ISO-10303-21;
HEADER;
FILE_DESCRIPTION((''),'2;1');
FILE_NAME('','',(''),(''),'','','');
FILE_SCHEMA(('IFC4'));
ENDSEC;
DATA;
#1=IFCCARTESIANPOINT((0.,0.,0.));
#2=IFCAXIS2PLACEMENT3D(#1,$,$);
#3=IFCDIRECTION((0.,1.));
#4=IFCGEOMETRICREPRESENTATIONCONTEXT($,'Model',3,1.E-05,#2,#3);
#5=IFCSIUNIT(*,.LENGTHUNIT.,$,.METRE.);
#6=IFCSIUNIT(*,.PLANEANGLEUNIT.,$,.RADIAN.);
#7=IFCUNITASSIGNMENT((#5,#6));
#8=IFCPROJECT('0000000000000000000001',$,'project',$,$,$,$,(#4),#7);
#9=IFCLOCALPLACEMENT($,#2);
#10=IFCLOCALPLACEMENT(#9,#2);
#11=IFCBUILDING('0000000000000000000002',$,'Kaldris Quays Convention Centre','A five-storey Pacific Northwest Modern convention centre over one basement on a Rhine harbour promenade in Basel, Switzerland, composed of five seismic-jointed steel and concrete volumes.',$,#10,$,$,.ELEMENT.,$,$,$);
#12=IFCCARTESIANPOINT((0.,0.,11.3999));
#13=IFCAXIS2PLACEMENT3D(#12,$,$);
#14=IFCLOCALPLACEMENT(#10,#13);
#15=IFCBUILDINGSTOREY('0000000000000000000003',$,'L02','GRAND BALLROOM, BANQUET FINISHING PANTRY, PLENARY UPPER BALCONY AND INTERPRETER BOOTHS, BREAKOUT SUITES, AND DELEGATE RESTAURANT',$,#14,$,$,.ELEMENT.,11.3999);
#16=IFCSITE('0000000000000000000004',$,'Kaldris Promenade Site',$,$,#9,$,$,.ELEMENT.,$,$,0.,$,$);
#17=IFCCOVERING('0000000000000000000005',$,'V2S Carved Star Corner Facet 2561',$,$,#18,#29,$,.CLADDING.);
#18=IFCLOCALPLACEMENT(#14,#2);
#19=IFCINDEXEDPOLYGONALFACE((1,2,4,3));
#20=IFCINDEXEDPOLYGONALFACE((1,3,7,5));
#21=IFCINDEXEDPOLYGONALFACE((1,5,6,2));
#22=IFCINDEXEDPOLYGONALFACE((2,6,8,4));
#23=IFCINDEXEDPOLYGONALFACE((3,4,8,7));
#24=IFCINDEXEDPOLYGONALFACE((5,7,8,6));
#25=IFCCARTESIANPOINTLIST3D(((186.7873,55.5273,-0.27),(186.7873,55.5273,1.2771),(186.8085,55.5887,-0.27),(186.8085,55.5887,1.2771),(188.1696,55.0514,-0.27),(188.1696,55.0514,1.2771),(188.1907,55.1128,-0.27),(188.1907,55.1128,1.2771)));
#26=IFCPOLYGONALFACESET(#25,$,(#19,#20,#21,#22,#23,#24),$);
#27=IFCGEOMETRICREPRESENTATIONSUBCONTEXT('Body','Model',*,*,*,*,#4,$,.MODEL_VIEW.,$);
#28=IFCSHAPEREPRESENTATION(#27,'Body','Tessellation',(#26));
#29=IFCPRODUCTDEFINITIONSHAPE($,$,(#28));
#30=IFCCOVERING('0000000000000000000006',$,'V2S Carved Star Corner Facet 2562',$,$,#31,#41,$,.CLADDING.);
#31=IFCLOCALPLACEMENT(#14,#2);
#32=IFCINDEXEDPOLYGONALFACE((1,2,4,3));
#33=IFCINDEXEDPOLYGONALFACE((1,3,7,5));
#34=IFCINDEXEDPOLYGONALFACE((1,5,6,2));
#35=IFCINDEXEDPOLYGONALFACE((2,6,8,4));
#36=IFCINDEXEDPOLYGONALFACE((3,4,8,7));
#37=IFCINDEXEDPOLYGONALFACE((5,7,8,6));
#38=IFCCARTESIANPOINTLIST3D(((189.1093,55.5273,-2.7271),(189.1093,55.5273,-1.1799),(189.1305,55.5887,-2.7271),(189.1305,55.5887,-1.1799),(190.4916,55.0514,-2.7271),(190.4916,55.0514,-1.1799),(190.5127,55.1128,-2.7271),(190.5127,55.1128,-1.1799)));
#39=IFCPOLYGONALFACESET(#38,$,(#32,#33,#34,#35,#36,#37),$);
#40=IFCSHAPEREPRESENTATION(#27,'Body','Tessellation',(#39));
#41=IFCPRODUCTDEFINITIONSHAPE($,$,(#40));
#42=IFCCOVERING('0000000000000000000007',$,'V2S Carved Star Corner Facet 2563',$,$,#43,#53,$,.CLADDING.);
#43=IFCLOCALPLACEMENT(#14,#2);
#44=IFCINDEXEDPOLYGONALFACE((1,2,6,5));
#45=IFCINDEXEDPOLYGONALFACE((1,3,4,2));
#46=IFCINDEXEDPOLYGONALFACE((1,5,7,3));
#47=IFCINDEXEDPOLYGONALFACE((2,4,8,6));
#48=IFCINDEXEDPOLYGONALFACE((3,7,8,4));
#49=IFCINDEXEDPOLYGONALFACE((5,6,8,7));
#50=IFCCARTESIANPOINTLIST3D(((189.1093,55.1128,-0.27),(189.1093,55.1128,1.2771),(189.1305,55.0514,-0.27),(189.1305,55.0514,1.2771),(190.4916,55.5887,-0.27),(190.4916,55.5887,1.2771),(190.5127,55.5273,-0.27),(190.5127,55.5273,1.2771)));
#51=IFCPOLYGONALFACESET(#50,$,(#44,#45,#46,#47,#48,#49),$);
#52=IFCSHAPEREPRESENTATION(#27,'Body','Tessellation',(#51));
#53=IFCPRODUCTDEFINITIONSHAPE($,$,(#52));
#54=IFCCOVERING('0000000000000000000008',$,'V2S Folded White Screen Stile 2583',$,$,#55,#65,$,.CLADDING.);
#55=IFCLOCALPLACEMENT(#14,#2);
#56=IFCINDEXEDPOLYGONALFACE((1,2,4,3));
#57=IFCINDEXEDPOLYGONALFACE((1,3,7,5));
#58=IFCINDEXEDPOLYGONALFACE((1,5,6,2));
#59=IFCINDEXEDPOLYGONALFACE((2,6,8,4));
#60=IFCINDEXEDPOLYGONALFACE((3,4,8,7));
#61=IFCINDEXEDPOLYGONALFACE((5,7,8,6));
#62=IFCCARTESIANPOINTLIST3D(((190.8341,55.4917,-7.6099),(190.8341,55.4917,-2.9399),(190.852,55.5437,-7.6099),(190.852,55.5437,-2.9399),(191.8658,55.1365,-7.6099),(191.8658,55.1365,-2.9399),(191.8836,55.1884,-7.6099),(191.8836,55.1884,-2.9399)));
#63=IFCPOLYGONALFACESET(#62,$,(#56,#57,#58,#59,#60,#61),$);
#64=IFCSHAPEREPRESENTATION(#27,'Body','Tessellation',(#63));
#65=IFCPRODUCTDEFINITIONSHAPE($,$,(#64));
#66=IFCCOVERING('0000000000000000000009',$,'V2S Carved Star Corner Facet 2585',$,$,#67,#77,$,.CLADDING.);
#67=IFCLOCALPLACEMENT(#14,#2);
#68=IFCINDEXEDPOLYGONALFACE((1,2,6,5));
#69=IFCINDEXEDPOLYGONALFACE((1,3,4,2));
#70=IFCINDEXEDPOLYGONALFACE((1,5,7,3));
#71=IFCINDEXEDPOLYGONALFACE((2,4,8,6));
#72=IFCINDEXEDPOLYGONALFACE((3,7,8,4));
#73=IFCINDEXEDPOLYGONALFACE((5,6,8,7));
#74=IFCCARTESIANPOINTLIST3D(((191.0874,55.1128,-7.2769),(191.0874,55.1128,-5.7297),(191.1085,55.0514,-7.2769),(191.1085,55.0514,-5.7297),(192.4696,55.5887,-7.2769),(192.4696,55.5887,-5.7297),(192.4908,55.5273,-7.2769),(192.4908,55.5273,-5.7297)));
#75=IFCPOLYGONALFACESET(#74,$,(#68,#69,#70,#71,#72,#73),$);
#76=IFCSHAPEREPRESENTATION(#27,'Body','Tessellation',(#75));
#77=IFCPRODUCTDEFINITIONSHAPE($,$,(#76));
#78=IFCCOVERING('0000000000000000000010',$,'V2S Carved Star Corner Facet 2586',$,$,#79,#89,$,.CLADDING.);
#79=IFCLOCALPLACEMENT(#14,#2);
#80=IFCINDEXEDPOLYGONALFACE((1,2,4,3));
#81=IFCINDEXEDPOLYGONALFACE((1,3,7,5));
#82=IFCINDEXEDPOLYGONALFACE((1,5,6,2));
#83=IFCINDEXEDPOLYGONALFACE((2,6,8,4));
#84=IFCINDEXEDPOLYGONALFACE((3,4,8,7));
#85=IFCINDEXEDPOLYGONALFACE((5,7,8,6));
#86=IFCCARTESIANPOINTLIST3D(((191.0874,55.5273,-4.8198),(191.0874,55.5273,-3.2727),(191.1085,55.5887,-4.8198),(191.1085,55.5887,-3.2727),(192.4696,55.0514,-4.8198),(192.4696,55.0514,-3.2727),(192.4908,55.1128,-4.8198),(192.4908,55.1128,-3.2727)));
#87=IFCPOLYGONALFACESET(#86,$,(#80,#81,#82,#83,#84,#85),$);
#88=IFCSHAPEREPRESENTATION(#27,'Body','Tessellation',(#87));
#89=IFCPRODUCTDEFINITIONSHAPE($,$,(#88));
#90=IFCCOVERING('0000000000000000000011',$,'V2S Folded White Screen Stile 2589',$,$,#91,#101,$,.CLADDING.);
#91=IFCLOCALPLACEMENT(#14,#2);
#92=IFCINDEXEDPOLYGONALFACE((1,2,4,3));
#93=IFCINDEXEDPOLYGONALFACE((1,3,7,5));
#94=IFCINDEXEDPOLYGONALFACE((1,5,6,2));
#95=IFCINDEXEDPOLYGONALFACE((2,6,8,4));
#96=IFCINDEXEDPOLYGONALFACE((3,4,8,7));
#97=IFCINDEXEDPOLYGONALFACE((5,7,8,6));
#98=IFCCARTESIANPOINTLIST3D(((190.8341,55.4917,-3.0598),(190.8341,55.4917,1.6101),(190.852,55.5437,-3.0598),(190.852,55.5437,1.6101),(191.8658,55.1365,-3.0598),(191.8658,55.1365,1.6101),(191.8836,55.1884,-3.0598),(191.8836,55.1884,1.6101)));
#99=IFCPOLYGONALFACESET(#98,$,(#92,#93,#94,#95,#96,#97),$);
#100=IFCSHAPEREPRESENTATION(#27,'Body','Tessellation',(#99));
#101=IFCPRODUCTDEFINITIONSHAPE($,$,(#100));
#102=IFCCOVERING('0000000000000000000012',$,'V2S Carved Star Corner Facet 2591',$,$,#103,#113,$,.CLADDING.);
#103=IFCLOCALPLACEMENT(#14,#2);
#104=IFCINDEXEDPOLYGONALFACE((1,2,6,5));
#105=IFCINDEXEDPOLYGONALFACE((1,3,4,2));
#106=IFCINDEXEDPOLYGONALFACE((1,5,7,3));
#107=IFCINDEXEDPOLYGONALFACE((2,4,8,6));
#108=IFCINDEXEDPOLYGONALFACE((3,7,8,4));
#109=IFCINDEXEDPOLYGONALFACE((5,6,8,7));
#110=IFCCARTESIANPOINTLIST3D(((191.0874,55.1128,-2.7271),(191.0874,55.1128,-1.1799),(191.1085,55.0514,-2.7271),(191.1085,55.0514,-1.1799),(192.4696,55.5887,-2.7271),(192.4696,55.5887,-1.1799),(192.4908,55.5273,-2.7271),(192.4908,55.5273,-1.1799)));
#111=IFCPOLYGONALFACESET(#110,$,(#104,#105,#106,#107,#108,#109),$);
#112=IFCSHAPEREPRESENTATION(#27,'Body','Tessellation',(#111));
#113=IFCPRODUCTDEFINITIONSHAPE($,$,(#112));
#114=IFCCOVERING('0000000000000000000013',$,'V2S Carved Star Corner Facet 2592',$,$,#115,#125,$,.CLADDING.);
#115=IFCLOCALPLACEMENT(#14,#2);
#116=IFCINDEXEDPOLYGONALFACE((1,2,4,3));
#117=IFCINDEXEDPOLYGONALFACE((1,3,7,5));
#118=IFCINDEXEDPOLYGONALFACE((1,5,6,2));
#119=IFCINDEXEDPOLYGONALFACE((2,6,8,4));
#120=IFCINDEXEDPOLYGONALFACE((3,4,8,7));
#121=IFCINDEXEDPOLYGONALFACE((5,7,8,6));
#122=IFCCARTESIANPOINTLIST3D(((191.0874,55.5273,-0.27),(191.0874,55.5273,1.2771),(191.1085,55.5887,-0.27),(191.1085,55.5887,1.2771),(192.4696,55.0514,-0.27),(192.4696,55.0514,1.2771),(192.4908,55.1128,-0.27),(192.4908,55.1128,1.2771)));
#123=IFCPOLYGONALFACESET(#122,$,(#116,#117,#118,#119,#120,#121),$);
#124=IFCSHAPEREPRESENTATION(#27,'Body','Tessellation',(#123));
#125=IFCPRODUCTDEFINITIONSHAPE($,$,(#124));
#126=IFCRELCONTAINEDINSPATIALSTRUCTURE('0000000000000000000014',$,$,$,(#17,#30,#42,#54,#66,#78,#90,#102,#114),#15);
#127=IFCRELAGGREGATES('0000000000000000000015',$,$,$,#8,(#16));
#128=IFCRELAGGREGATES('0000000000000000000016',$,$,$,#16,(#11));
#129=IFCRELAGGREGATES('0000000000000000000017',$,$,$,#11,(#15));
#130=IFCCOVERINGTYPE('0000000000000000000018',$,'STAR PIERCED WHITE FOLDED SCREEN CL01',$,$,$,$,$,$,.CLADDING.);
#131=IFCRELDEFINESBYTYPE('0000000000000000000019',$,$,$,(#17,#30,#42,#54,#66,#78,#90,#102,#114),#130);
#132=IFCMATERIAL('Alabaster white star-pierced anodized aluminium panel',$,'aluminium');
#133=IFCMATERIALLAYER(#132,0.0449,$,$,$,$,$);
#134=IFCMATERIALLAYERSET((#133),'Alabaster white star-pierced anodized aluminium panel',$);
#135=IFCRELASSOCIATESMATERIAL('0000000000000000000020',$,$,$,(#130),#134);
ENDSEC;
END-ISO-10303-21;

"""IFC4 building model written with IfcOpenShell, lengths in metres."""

from ifc_helpers import new_model, si_unit, direction, frame, origin, origin_2d, place, context, subcontext, project, spatial, rectangle, extrude, material, layer, layer_set, type_object, element, save


model = new_model("IFC4")

# Units and contexts
model_context = context("Model", 3, precision=1e-05, world=origin(), true_north=direction((0.0, 1.0)))
body_context = subcontext(model_context, "Body", "Model", "MODEL_VIEW")
ifc_project = project(units=[si_unit("LENGTHUNIT", "METRE"), si_unit("PLANEANGLEUNIT", "RADIAN")], contexts=[model_context])

# Site, building, storey
site_placement = place(None, origin())
site = spatial("IfcSite", under=ifc_project, at=site_placement, Name="Kaldris Promenade Site", CompositionType="ELEMENT", RefElevation=0.0)
building_placement = place(site_placement, origin())
building = spatial("IfcBuilding", under=site, at=building_placement, Name="Kaldris Quays Convention Centre", Description="A five-storey Pacific Northwest Modern convention centre over one basement on a Rhine harbour promenade in Basel, Switzerland, composed of five seismic-jointed steel and concrete volumes.", CompositionType="ELEMENT")
storey_placement = place(building_placement, frame((0.0, 0.0, 11.3999)))
storey = spatial("IfcBuildingStorey", under=building, at=storey_placement, Name="L02", Description="GRAND BALLROOM, BANQUET FINISHING PANTRY, PLENARY UPPER BALCONY AND INTERPRETER BOOTHS, BREAKOUT SUITES, AND DELEGATE RESTAURANT", CompositionType="ELEMENT", Elevation=11.3999)

# Coverings
ifc_material_1 = material(Name="Alabaster white star-pierced anodized aluminium panel", Category="aluminium")
ifc_layer_1 = layer(ifc_material_1, 0.0449)
ifc_layer_set_1 = layer_set([ifc_layer_1], Name="Alabaster white star-pierced anodized aluminium panel")
covering_type = type_object("IfcCoveringType", Name="STAR PIERCED WHITE FOLDED SCREEN CL01", PredefinedType="CLADDING", material=ifc_layer_set_1)
for number, where, z_axis, x_axis, name in (
    (1, (187.489, 55.3201, -0.27), (0.0, 0.0, 1.0), (0.945519, -0.325568, 0.0), "V2S Carved Star Corner Facet 2561"),
    (2, (189.811, 55.3201, -2.7271), (0.0, 0.0, 1.0), (0.945519, -0.325568, 0.0), "V2S Carved Star Corner Facet 2562"),
    (3, (189.811, 55.3201, -0.27), (0.0, 0.0, 1.0), (0.945519, 0.325568, 0.0), "V2S Carved Star Corner Facet 2563"),
):
    element("IfcCovering", number, at=place(storey_placement, frame(where, z_axis=z_axis, x_axis=x_axis)), inside=storey, type_object=covering_type, Name=name, PredefinedType="CLADDING", context=body_context, shape_type="SweptSolid", body=[
        extrude(rectangle(XDim=1.4619, YDim=0.0649, at=origin_2d()), origin(), (0.0, 0.0, 1.0), 1.5471),
    ])
covering_1_placement = place(storey_placement, frame((191.3589, 55.3401, -7.6099), z_axis=(0.0, 0.0, 1.0), x_axis=(0.945519, -0.325568, 0.0)))
element("IfcCovering", 4, at=covering_1_placement, inside=storey, type_object=covering_type, Name="V2S Folded White Screen Stile 2583", PredefinedType="CLADDING", context=body_context, shape_type="SweptSolid", body=[
    extrude(rectangle(XDim=1.0911, YDim=0.0549, at=origin_2d()), origin(), (0.0, 0.0, 1.0), 4.6699),
])
for number, where, z_axis, x_axis, name in (
    (5, (191.7891, 55.3201, -7.2769), (0.0, 0.0, 1.0), (0.945519, 0.325568, 0.0), "V2S Carved Star Corner Facet 2585"),
    (6, (191.7891, 55.3201, -4.8198), (0.0, 0.0, 1.0), (0.945519, -0.325568, 0.0), "V2S Carved Star Corner Facet 2586"),
):
    element("IfcCovering", number, at=place(storey_placement, frame(where, z_axis=z_axis, x_axis=x_axis)), inside=storey, type_object=covering_type, Name=name, PredefinedType="CLADDING", context=body_context, shape_type="SweptSolid", body=[
        extrude(rectangle(XDim=1.4619, YDim=0.0649, at=origin_2d()), origin(), (0.0, 0.0, 1.0), 1.5471),
    ])
covering_2_placement = place(storey_placement, frame((191.3589, 55.3401, -3.0598), z_axis=(0.0, 0.0, 1.0), x_axis=(0.945519, -0.325568, 0.0)))
element("IfcCovering", 7, at=covering_2_placement, inside=storey, type_object=covering_type, Name="V2S Folded White Screen Stile 2589", PredefinedType="CLADDING", context=body_context, shape_type="SweptSolid", body=[
    extrude(rectangle(XDim=1.0911, YDim=0.0549, at=origin_2d()), origin(), (0.0, 0.0, 1.0), 4.6699),
])
for number, where, z_axis, x_axis, name in (
    (8, (191.7891, 55.3201, -2.7271), (0.0, 0.0, 1.0), (0.945519, 0.325568, 0.0), "V2S Carved Star Corner Facet 2591"),
    (9, (191.7891, 55.3201, -0.27), (0.0, 0.0, 1.0), (0.945519, -0.325568, 0.0), "V2S Carved Star Corner Facet 2592"),
):
    element("IfcCovering", number, at=place(storey_placement, frame(where, z_axis=z_axis, x_axis=x_axis)), inside=storey, type_object=covering_type, Name=name, PredefinedType="CLADDING", context=body_context, shape_type="SweptSolid", body=[
        extrude(rectangle(XDim=1.4619, YDim=0.0649, at=origin_2d()), origin(), (0.0, 0.0, 1.0), 1.5471),
    ])

save(model, "model.ifc")
